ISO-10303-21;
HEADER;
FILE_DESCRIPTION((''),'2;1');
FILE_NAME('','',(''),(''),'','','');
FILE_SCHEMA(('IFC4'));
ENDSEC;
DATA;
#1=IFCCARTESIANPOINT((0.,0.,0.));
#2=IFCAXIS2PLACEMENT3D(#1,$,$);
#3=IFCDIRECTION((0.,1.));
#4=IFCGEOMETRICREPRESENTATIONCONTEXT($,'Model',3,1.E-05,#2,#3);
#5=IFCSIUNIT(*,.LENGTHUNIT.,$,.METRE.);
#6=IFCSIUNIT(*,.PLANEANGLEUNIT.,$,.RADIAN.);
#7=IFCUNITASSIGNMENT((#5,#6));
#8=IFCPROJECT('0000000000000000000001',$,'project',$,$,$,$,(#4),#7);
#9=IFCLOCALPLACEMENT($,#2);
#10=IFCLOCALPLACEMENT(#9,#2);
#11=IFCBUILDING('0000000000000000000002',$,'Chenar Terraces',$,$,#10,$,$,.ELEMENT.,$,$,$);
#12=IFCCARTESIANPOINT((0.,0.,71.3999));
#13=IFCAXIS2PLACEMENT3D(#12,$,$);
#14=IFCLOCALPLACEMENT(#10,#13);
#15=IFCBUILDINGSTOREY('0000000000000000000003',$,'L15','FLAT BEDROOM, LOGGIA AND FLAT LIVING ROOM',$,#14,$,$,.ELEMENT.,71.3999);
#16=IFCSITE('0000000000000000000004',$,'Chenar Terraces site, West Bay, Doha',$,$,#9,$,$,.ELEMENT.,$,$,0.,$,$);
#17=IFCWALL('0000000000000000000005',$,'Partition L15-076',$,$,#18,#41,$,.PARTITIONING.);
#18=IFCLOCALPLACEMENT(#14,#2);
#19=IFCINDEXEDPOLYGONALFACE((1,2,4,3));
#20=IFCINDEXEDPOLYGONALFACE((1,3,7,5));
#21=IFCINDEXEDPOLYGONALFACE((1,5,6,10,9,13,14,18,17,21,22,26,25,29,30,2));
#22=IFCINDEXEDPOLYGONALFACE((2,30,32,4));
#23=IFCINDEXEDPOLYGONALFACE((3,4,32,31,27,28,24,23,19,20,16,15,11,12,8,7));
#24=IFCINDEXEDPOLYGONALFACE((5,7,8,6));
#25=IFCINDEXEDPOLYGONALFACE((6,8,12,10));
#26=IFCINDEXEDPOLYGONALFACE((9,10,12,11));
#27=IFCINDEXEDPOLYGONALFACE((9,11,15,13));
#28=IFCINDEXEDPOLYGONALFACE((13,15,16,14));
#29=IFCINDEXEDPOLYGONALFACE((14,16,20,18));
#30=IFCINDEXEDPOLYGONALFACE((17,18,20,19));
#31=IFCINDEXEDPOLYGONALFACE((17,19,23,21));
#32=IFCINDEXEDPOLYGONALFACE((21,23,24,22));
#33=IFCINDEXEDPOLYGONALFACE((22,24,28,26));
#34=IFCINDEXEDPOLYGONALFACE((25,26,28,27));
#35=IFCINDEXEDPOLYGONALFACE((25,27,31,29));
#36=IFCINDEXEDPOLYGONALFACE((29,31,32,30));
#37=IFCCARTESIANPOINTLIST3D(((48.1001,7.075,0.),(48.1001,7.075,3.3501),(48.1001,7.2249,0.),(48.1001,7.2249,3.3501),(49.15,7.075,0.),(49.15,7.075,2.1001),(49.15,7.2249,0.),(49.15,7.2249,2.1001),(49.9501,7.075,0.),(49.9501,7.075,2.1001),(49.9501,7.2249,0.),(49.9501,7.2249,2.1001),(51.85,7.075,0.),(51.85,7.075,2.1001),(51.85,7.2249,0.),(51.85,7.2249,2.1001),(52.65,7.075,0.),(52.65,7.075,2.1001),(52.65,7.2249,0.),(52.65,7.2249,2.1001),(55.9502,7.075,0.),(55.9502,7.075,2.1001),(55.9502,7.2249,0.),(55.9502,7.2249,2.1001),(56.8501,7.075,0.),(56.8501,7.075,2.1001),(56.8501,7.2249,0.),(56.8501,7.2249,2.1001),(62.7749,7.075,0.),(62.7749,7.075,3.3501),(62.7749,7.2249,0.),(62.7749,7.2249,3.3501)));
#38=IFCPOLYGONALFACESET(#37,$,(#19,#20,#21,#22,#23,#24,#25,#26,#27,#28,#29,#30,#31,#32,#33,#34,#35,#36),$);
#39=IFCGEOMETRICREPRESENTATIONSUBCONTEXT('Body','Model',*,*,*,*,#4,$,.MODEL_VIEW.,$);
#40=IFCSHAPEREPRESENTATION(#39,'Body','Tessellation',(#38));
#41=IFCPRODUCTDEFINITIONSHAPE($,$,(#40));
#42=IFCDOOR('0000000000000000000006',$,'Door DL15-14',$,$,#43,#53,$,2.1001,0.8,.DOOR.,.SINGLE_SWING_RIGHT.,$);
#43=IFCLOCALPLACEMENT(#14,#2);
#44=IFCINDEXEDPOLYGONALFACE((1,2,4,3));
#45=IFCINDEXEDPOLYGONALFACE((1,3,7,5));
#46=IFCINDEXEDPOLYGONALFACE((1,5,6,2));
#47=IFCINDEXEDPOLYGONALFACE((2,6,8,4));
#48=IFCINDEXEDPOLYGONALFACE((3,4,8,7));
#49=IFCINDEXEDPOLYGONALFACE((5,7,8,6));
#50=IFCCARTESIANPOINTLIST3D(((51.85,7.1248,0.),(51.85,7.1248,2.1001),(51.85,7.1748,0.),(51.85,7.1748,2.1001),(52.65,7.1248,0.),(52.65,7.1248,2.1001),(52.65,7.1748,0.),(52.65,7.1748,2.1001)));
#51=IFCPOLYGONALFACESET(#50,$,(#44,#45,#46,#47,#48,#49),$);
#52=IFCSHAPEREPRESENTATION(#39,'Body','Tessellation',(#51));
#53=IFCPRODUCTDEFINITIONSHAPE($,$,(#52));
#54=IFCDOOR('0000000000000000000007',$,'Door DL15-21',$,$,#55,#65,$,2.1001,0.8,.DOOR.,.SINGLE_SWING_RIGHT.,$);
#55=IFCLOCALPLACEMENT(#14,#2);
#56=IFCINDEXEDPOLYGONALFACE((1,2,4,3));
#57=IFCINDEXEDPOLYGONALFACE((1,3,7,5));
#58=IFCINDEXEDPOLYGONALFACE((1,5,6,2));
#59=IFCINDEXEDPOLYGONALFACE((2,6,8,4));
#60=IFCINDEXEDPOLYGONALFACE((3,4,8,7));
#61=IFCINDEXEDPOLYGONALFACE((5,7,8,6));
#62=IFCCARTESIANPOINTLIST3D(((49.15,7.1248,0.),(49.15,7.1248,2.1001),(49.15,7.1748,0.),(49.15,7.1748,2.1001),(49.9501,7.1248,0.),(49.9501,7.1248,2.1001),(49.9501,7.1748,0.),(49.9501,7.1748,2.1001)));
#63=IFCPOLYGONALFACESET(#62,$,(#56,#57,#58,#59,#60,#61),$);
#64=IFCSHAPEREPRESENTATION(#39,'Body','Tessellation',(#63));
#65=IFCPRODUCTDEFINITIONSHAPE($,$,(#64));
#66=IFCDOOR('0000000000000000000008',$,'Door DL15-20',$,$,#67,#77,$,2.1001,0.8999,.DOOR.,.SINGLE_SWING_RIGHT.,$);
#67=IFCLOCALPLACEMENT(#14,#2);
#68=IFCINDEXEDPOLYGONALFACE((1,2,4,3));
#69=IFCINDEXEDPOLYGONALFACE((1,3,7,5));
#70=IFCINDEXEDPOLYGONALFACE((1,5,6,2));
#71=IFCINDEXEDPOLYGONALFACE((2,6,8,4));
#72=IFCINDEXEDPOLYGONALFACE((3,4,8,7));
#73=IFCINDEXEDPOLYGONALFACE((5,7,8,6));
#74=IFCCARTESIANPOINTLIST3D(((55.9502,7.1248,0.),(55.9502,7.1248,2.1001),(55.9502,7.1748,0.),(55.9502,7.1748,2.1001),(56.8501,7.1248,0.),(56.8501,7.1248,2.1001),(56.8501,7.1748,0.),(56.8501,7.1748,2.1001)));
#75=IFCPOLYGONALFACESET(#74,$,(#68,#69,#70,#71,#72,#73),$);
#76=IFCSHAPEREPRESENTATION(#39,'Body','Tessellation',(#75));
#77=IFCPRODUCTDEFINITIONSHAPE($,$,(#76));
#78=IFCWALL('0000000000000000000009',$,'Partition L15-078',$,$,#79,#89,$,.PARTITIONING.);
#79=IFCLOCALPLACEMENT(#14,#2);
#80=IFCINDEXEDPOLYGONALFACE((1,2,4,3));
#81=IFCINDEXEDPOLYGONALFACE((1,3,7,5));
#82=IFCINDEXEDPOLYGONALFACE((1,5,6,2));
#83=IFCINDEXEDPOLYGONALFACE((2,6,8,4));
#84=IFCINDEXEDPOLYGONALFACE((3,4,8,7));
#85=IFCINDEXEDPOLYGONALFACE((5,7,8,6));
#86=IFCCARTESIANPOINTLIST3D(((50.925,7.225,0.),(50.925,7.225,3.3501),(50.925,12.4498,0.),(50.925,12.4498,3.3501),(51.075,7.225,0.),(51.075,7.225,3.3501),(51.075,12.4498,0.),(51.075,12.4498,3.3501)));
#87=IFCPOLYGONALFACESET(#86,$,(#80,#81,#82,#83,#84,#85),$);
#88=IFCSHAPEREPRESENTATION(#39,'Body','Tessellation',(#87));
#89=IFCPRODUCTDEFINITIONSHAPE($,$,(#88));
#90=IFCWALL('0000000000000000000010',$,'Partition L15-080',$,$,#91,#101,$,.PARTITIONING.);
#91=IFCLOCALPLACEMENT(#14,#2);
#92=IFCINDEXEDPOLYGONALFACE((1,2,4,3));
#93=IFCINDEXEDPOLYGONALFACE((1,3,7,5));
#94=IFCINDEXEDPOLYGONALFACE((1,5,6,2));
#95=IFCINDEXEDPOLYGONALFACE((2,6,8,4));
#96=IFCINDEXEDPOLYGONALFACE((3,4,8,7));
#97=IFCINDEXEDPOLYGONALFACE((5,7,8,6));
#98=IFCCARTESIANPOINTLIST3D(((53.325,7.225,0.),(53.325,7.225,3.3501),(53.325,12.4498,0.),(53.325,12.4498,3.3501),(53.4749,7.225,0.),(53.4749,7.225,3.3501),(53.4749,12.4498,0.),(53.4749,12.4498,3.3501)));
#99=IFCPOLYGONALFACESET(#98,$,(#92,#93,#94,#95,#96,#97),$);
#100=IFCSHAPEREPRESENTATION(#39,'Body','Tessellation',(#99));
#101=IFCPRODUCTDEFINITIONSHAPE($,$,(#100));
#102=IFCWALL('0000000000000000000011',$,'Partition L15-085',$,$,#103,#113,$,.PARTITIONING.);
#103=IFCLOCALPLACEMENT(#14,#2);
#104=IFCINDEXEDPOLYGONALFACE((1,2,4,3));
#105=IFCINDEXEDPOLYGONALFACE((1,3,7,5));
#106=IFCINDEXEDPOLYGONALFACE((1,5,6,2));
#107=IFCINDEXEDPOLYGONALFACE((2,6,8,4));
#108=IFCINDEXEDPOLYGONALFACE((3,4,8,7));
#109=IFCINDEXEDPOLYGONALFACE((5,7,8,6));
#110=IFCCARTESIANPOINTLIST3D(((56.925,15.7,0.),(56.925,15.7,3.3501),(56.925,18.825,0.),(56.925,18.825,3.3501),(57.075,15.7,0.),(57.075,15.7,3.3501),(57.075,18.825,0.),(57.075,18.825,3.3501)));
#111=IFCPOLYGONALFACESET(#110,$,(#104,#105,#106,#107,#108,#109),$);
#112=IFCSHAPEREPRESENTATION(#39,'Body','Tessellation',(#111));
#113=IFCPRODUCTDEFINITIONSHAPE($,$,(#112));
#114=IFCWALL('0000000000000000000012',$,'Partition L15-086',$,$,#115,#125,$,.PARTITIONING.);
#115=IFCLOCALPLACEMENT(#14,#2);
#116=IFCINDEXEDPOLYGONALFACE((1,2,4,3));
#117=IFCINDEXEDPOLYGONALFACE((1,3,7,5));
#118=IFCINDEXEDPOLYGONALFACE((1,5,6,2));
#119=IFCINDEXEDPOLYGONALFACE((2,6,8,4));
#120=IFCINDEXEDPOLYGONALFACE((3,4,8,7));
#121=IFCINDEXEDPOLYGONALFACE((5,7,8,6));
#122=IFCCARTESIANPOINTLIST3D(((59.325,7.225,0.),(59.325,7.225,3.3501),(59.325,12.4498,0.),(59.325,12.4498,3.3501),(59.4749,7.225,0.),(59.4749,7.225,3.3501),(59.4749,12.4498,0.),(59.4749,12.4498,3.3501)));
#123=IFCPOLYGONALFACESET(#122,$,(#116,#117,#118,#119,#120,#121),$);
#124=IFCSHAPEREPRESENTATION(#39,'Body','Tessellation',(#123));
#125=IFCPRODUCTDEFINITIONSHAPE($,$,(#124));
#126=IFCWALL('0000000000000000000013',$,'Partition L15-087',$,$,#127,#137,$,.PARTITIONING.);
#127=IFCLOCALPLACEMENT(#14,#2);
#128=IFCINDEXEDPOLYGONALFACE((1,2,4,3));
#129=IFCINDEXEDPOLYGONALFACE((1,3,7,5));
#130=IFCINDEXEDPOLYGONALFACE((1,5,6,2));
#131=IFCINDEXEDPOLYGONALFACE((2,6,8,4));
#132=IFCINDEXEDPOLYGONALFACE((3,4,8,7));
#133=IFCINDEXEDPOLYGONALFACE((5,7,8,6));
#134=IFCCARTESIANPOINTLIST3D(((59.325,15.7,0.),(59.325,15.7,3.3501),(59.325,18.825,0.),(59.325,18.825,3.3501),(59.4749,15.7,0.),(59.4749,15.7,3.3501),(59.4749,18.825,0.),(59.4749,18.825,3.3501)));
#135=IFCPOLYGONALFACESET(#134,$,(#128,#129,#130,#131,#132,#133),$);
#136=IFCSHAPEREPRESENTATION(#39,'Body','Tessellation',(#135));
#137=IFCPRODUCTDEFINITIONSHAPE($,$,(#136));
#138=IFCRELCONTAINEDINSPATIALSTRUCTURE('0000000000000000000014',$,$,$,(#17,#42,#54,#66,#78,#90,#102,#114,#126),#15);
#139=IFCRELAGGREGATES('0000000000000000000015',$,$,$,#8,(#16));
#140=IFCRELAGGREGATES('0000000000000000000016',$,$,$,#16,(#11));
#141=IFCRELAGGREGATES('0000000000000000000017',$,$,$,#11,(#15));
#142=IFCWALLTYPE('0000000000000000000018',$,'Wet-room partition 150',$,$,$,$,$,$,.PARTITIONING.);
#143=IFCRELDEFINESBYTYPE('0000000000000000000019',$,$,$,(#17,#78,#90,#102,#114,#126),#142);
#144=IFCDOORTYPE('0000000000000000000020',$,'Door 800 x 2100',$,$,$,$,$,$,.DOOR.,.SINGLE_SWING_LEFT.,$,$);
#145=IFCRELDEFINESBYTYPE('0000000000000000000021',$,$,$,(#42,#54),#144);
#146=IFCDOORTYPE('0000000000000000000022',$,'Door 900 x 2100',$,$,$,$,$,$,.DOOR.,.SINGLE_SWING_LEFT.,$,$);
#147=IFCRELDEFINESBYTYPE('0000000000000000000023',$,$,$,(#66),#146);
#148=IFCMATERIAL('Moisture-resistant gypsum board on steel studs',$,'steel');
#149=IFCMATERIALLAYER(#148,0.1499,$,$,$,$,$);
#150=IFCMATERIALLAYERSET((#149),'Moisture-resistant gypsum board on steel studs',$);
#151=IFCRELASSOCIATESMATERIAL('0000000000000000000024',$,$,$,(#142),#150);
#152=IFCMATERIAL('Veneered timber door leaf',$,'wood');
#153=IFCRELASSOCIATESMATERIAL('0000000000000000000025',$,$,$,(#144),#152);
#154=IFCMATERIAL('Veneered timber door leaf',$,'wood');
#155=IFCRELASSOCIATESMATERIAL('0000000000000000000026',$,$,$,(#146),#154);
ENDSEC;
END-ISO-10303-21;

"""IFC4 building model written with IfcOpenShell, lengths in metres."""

from ifc_helpers import new_model, si_unit, direction, frame, frame_2d, origin, place, context, subcontext, project, spatial, rectangle, extrude, material, layer, layer_set, type_object, element, fill, save


model = new_model("IFC4")

# Units and contexts
model_context = context("Model", 3, precision=1e-05, world=origin(), true_north=direction((0.0, 1.0)))
body_context = subcontext(model_context, "Body", "Model", "MODEL_VIEW")
ifc_project = project(units=[si_unit("LENGTHUNIT", "METRE"), si_unit("PLANEANGLEUNIT", "RADIAN")], contexts=[model_context])

# Site, building, storey
site_placement = place(None, origin())
site = spatial("IfcSite", under=ifc_project, at=site_placement, Name="Chenar Terraces site, West Bay, Doha", CompositionType="ELEMENT", RefElevation=0.0)
building_placement = place(site_placement, origin())
building = spatial("IfcBuilding", under=site, at=building_placement, Name="Chenar Terraces", CompositionType="ELEMENT")
storey_placement = place(building_placement, frame((0.0, 0.0, 71.3999)))
storey = spatial("IfcBuildingStorey", under=building, at=storey_placement, Name="L15", Description="FLAT BEDROOM, LOGGIA AND FLAT LIVING ROOM", CompositionType="ELEMENT", Elevation=71.3999)

# Wall, openings, doors
ifc_material_1 = material(Name="Moisture-resistant gypsum board on steel studs", Category="steel")
ifc_layer_1 = layer(ifc_material_1, 0.1499)
ifc_layer_set_1 = layer_set([ifc_layer_1], Name="Moisture-resistant gypsum board on steel studs")
wall_type_1 = type_object("IfcWallType", Name="Wet-room partition 150", PredefinedType="PARTITIONING", material=ifc_layer_set_1)
ifc_material_2 = material(Name="Veneered timber door leaf", Category="wood")
door_type_1 = type_object("IfcDoorType", Name="Door 800 x 2100", OperationType="SINGLE_SWING_LEFT", PredefinedType="DOOR", material=ifc_material_2)
ifc_material_3 = material(Name="Veneered timber door leaf", Category="wood")
door_type_2 = type_object("IfcDoorType", Name="Door 900 x 2100", OperationType="SINGLE_SWING_LEFT", PredefinedType="DOOR", material=ifc_material_3)
wall_1_placement = place(storey_placement, frame((48.1001, 7.1499, 0.0), z_axis=(0.0, 0.0, 1.0), x_axis=(1.0, 0.0, 0.0)))
wall_1 = element("IfcWall", 1, at=wall_1_placement, inside=storey, type_object=wall_type_1, Name="Partition L15-076", PredefinedType="PARTITIONING", context=body_context, shape_type="SweptSolid", body=[
    extrude(rectangle(XDim=14.6748, YDim=0.1499, at=frame_2d((7.3374, 0.0))), origin(), (0.0, 0.0, 1.0), 3.3501),
])
opening_1_placement = place(wall_1_placement, frame((3.75, 0.0, 0.0)))
opening_1 = element("IfcOpeningElement", 2, at=opening_1_placement, cuts=wall_1, PredefinedType="OPENING", context=body_context, shape_type="SweptSolid", body=[
    extrude(rectangle(XDim=0.8, YDim=2.1001, at=frame_2d((0.3999, 1.05))), frame((0.0, 0.085, 0.0), z_axis=(0.0, -1.0, 0.0), x_axis=(1.0, 0.0, 0.0)), (0.0, 0.0, 1.0), 0.1699),
])
opening_2_placement = place(wall_1_placement, frame((7.8501, 0.0, 0.0)))
opening_2 = element("IfcOpeningElement", 3, at=opening_2_placement, cuts=wall_1, PredefinedType="OPENING", context=body_context, shape_type="SweptSolid", body=[
    extrude(rectangle(XDim=0.8999, YDim=2.1001, at=frame_2d((0.45, 1.05))), frame((0.0, 0.085, 0.0), z_axis=(0.0, -1.0, 0.0), x_axis=(1.0, 0.0, 0.0)), (0.0, 0.0, 1.0), 0.1699),
])
opening_3_placement = place(wall_1_placement, frame((1.05, 0.0, 0.0)))
opening_3 = element("IfcOpeningElement", 4, at=opening_3_placement, cuts=wall_1, PredefinedType="OPENING", context=body_context, shape_type="SweptSolid", body=[
    extrude(rectangle(XDim=0.8, YDim=2.1001, at=frame_2d((0.3999, 1.05))), frame((0.0, 0.085, 0.0), z_axis=(0.0, -1.0, 0.0), x_axis=(1.0, 0.0, 0.0)), (0.0, 0.0, 1.0), 0.1699),
])
door_1_placement = place(opening_1_placement, origin())
door_1 = element("IfcDoor", 5, at=door_1_placement, inside=storey, type_object=door_type_1, Name="Door DL15-14", OperationType="SINGLE_SWING_RIGHT", OverallHeight=2.1001, OverallWidth=0.8, PredefinedType="DOOR", context=body_context, shape_type="SweptSolid", body=[
    extrude(rectangle(XDim=0.8, YDim=2.1001, at=frame_2d((0.3999, 1.05))), frame((0.0, 0.0249, 0.0), z_axis=(0.0, -1.0, 0.0), x_axis=(1.0, 0.0, 0.0)), (0.0, 0.0, 1.0), 0.05),
])
fill(opening_1, door_1)
door_2_placement = place(opening_3_placement, origin())
door_2 = element("IfcDoor", 6, at=door_2_placement, inside=storey, type_object=door_type_1, Name="Door DL15-21", OperationType="SINGLE_SWING_RIGHT", OverallHeight=2.1001, OverallWidth=0.8, PredefinedType="DOOR", context=body_context, shape_type="SweptSolid", body=[
    extrude(rectangle(XDim=0.8, YDim=2.1001, at=frame_2d((0.3999, 1.05))), frame((0.0, 0.0249, 0.0), z_axis=(0.0, -1.0, 0.0), x_axis=(1.0, 0.0, 0.0)), (0.0, 0.0, 1.0), 0.05),
])
fill(opening_3, door_2)
door_3_placement = place(opening_2_placement, origin())
door_3 = element("IfcDoor", 7, at=door_3_placement, inside=storey, type_object=door_type_2, Name="Door DL15-20", OperationType="SINGLE_SWING_RIGHT", OverallHeight=2.1001, OverallWidth=0.8999, PredefinedType="DOOR", context=body_context, shape_type="SweptSolid", body=[
    extrude(rectangle(XDim=0.8999, YDim=2.1001, at=frame_2d((0.45, 1.05))), frame((0.0, 0.0249, 0.0), z_axis=(0.0, -1.0, 0.0), x_axis=(1.0, 0.0, 0.0)), (0.0, 0.0, 1.0), 0.05),
])
fill(opening_2, door_3)

# Walls
for number, where, z_axis, x_axis, name in (
    (8, (51.0, 7.2251, 0.0), (0.0, 0.0, 1.0), (0.0, 1.0, 0.0), "Partition L15-078"),
    (9, (53.3999, 7.2251, 0.0), (0.0, 0.0, 1.0), (0.0, 1.0, 0.0), "Partition L15-080"),
):
    element("IfcWall", number, at=place(storey_placement, frame(where, z_axis=z_axis, x_axis=x_axis)), inside=storey, type_object=wall_type_1, Name=name, PredefinedType="PARTITIONING", context=body_context, shape_type="SweptSolid", body=[
        extrude(rectangle(XDim=5.2249, YDim=0.1499, at=frame_2d((2.6123, 0.0))), origin(), (0.0, 0.0, 1.0), 3.3501),
    ])
wall_2_placement = place(storey_placement, frame((57.0, 15.7, 0.0), z_axis=(0.0, 0.0, 1.0), x_axis=(0.0, 1.0, 0.0)))
element("IfcWall", 10, at=wall_2_placement, inside=storey, type_object=wall_type_1, Name="Partition L15-085", PredefinedType="PARTITIONING", context=body_context, shape_type="SweptSolid", body=[
    extrude(rectangle(XDim=3.125, YDim=0.1499, at=frame_2d((1.5625, 0.0))), origin(), (0.0, 0.0, 1.0), 3.3501),
])
wall_3_placement = place(storey_placement, frame((59.3999, 7.2251, 0.0), z_axis=(0.0, 0.0, 1.0), x_axis=(0.0, 1.0, 0.0)))
element("IfcWall", 11, at=wall_3_placement, inside=storey, type_object=wall_type_1, Name="Partition L15-086", PredefinedType="PARTITIONING", context=body_context, shape_type="SweptSolid", body=[
    extrude(rectangle(XDim=5.2249, YDim=0.1499, at=frame_2d((2.6123, 0.0))), origin(), (0.0, 0.0, 1.0), 3.3501),
])
wall_4_placement = place(storey_placement, frame((59.3999, 15.7, 0.0), z_axis=(0.0, 0.0, 1.0), x_axis=(0.0, 1.0, 0.0)))
element("IfcWall", 12, at=wall_4_placement, inside=storey, type_object=wall_type_1, Name="Partition L15-087", PredefinedType="PARTITIONING", context=body_context, shape_type="SweptSolid", body=[
    extrude(rectangle(XDim=3.125, YDim=0.1499, at=frame_2d((1.5625, 0.0))), origin(), (0.0, 0.0, 1.0), 3.3501),
])

save(model, "model.ifc")
